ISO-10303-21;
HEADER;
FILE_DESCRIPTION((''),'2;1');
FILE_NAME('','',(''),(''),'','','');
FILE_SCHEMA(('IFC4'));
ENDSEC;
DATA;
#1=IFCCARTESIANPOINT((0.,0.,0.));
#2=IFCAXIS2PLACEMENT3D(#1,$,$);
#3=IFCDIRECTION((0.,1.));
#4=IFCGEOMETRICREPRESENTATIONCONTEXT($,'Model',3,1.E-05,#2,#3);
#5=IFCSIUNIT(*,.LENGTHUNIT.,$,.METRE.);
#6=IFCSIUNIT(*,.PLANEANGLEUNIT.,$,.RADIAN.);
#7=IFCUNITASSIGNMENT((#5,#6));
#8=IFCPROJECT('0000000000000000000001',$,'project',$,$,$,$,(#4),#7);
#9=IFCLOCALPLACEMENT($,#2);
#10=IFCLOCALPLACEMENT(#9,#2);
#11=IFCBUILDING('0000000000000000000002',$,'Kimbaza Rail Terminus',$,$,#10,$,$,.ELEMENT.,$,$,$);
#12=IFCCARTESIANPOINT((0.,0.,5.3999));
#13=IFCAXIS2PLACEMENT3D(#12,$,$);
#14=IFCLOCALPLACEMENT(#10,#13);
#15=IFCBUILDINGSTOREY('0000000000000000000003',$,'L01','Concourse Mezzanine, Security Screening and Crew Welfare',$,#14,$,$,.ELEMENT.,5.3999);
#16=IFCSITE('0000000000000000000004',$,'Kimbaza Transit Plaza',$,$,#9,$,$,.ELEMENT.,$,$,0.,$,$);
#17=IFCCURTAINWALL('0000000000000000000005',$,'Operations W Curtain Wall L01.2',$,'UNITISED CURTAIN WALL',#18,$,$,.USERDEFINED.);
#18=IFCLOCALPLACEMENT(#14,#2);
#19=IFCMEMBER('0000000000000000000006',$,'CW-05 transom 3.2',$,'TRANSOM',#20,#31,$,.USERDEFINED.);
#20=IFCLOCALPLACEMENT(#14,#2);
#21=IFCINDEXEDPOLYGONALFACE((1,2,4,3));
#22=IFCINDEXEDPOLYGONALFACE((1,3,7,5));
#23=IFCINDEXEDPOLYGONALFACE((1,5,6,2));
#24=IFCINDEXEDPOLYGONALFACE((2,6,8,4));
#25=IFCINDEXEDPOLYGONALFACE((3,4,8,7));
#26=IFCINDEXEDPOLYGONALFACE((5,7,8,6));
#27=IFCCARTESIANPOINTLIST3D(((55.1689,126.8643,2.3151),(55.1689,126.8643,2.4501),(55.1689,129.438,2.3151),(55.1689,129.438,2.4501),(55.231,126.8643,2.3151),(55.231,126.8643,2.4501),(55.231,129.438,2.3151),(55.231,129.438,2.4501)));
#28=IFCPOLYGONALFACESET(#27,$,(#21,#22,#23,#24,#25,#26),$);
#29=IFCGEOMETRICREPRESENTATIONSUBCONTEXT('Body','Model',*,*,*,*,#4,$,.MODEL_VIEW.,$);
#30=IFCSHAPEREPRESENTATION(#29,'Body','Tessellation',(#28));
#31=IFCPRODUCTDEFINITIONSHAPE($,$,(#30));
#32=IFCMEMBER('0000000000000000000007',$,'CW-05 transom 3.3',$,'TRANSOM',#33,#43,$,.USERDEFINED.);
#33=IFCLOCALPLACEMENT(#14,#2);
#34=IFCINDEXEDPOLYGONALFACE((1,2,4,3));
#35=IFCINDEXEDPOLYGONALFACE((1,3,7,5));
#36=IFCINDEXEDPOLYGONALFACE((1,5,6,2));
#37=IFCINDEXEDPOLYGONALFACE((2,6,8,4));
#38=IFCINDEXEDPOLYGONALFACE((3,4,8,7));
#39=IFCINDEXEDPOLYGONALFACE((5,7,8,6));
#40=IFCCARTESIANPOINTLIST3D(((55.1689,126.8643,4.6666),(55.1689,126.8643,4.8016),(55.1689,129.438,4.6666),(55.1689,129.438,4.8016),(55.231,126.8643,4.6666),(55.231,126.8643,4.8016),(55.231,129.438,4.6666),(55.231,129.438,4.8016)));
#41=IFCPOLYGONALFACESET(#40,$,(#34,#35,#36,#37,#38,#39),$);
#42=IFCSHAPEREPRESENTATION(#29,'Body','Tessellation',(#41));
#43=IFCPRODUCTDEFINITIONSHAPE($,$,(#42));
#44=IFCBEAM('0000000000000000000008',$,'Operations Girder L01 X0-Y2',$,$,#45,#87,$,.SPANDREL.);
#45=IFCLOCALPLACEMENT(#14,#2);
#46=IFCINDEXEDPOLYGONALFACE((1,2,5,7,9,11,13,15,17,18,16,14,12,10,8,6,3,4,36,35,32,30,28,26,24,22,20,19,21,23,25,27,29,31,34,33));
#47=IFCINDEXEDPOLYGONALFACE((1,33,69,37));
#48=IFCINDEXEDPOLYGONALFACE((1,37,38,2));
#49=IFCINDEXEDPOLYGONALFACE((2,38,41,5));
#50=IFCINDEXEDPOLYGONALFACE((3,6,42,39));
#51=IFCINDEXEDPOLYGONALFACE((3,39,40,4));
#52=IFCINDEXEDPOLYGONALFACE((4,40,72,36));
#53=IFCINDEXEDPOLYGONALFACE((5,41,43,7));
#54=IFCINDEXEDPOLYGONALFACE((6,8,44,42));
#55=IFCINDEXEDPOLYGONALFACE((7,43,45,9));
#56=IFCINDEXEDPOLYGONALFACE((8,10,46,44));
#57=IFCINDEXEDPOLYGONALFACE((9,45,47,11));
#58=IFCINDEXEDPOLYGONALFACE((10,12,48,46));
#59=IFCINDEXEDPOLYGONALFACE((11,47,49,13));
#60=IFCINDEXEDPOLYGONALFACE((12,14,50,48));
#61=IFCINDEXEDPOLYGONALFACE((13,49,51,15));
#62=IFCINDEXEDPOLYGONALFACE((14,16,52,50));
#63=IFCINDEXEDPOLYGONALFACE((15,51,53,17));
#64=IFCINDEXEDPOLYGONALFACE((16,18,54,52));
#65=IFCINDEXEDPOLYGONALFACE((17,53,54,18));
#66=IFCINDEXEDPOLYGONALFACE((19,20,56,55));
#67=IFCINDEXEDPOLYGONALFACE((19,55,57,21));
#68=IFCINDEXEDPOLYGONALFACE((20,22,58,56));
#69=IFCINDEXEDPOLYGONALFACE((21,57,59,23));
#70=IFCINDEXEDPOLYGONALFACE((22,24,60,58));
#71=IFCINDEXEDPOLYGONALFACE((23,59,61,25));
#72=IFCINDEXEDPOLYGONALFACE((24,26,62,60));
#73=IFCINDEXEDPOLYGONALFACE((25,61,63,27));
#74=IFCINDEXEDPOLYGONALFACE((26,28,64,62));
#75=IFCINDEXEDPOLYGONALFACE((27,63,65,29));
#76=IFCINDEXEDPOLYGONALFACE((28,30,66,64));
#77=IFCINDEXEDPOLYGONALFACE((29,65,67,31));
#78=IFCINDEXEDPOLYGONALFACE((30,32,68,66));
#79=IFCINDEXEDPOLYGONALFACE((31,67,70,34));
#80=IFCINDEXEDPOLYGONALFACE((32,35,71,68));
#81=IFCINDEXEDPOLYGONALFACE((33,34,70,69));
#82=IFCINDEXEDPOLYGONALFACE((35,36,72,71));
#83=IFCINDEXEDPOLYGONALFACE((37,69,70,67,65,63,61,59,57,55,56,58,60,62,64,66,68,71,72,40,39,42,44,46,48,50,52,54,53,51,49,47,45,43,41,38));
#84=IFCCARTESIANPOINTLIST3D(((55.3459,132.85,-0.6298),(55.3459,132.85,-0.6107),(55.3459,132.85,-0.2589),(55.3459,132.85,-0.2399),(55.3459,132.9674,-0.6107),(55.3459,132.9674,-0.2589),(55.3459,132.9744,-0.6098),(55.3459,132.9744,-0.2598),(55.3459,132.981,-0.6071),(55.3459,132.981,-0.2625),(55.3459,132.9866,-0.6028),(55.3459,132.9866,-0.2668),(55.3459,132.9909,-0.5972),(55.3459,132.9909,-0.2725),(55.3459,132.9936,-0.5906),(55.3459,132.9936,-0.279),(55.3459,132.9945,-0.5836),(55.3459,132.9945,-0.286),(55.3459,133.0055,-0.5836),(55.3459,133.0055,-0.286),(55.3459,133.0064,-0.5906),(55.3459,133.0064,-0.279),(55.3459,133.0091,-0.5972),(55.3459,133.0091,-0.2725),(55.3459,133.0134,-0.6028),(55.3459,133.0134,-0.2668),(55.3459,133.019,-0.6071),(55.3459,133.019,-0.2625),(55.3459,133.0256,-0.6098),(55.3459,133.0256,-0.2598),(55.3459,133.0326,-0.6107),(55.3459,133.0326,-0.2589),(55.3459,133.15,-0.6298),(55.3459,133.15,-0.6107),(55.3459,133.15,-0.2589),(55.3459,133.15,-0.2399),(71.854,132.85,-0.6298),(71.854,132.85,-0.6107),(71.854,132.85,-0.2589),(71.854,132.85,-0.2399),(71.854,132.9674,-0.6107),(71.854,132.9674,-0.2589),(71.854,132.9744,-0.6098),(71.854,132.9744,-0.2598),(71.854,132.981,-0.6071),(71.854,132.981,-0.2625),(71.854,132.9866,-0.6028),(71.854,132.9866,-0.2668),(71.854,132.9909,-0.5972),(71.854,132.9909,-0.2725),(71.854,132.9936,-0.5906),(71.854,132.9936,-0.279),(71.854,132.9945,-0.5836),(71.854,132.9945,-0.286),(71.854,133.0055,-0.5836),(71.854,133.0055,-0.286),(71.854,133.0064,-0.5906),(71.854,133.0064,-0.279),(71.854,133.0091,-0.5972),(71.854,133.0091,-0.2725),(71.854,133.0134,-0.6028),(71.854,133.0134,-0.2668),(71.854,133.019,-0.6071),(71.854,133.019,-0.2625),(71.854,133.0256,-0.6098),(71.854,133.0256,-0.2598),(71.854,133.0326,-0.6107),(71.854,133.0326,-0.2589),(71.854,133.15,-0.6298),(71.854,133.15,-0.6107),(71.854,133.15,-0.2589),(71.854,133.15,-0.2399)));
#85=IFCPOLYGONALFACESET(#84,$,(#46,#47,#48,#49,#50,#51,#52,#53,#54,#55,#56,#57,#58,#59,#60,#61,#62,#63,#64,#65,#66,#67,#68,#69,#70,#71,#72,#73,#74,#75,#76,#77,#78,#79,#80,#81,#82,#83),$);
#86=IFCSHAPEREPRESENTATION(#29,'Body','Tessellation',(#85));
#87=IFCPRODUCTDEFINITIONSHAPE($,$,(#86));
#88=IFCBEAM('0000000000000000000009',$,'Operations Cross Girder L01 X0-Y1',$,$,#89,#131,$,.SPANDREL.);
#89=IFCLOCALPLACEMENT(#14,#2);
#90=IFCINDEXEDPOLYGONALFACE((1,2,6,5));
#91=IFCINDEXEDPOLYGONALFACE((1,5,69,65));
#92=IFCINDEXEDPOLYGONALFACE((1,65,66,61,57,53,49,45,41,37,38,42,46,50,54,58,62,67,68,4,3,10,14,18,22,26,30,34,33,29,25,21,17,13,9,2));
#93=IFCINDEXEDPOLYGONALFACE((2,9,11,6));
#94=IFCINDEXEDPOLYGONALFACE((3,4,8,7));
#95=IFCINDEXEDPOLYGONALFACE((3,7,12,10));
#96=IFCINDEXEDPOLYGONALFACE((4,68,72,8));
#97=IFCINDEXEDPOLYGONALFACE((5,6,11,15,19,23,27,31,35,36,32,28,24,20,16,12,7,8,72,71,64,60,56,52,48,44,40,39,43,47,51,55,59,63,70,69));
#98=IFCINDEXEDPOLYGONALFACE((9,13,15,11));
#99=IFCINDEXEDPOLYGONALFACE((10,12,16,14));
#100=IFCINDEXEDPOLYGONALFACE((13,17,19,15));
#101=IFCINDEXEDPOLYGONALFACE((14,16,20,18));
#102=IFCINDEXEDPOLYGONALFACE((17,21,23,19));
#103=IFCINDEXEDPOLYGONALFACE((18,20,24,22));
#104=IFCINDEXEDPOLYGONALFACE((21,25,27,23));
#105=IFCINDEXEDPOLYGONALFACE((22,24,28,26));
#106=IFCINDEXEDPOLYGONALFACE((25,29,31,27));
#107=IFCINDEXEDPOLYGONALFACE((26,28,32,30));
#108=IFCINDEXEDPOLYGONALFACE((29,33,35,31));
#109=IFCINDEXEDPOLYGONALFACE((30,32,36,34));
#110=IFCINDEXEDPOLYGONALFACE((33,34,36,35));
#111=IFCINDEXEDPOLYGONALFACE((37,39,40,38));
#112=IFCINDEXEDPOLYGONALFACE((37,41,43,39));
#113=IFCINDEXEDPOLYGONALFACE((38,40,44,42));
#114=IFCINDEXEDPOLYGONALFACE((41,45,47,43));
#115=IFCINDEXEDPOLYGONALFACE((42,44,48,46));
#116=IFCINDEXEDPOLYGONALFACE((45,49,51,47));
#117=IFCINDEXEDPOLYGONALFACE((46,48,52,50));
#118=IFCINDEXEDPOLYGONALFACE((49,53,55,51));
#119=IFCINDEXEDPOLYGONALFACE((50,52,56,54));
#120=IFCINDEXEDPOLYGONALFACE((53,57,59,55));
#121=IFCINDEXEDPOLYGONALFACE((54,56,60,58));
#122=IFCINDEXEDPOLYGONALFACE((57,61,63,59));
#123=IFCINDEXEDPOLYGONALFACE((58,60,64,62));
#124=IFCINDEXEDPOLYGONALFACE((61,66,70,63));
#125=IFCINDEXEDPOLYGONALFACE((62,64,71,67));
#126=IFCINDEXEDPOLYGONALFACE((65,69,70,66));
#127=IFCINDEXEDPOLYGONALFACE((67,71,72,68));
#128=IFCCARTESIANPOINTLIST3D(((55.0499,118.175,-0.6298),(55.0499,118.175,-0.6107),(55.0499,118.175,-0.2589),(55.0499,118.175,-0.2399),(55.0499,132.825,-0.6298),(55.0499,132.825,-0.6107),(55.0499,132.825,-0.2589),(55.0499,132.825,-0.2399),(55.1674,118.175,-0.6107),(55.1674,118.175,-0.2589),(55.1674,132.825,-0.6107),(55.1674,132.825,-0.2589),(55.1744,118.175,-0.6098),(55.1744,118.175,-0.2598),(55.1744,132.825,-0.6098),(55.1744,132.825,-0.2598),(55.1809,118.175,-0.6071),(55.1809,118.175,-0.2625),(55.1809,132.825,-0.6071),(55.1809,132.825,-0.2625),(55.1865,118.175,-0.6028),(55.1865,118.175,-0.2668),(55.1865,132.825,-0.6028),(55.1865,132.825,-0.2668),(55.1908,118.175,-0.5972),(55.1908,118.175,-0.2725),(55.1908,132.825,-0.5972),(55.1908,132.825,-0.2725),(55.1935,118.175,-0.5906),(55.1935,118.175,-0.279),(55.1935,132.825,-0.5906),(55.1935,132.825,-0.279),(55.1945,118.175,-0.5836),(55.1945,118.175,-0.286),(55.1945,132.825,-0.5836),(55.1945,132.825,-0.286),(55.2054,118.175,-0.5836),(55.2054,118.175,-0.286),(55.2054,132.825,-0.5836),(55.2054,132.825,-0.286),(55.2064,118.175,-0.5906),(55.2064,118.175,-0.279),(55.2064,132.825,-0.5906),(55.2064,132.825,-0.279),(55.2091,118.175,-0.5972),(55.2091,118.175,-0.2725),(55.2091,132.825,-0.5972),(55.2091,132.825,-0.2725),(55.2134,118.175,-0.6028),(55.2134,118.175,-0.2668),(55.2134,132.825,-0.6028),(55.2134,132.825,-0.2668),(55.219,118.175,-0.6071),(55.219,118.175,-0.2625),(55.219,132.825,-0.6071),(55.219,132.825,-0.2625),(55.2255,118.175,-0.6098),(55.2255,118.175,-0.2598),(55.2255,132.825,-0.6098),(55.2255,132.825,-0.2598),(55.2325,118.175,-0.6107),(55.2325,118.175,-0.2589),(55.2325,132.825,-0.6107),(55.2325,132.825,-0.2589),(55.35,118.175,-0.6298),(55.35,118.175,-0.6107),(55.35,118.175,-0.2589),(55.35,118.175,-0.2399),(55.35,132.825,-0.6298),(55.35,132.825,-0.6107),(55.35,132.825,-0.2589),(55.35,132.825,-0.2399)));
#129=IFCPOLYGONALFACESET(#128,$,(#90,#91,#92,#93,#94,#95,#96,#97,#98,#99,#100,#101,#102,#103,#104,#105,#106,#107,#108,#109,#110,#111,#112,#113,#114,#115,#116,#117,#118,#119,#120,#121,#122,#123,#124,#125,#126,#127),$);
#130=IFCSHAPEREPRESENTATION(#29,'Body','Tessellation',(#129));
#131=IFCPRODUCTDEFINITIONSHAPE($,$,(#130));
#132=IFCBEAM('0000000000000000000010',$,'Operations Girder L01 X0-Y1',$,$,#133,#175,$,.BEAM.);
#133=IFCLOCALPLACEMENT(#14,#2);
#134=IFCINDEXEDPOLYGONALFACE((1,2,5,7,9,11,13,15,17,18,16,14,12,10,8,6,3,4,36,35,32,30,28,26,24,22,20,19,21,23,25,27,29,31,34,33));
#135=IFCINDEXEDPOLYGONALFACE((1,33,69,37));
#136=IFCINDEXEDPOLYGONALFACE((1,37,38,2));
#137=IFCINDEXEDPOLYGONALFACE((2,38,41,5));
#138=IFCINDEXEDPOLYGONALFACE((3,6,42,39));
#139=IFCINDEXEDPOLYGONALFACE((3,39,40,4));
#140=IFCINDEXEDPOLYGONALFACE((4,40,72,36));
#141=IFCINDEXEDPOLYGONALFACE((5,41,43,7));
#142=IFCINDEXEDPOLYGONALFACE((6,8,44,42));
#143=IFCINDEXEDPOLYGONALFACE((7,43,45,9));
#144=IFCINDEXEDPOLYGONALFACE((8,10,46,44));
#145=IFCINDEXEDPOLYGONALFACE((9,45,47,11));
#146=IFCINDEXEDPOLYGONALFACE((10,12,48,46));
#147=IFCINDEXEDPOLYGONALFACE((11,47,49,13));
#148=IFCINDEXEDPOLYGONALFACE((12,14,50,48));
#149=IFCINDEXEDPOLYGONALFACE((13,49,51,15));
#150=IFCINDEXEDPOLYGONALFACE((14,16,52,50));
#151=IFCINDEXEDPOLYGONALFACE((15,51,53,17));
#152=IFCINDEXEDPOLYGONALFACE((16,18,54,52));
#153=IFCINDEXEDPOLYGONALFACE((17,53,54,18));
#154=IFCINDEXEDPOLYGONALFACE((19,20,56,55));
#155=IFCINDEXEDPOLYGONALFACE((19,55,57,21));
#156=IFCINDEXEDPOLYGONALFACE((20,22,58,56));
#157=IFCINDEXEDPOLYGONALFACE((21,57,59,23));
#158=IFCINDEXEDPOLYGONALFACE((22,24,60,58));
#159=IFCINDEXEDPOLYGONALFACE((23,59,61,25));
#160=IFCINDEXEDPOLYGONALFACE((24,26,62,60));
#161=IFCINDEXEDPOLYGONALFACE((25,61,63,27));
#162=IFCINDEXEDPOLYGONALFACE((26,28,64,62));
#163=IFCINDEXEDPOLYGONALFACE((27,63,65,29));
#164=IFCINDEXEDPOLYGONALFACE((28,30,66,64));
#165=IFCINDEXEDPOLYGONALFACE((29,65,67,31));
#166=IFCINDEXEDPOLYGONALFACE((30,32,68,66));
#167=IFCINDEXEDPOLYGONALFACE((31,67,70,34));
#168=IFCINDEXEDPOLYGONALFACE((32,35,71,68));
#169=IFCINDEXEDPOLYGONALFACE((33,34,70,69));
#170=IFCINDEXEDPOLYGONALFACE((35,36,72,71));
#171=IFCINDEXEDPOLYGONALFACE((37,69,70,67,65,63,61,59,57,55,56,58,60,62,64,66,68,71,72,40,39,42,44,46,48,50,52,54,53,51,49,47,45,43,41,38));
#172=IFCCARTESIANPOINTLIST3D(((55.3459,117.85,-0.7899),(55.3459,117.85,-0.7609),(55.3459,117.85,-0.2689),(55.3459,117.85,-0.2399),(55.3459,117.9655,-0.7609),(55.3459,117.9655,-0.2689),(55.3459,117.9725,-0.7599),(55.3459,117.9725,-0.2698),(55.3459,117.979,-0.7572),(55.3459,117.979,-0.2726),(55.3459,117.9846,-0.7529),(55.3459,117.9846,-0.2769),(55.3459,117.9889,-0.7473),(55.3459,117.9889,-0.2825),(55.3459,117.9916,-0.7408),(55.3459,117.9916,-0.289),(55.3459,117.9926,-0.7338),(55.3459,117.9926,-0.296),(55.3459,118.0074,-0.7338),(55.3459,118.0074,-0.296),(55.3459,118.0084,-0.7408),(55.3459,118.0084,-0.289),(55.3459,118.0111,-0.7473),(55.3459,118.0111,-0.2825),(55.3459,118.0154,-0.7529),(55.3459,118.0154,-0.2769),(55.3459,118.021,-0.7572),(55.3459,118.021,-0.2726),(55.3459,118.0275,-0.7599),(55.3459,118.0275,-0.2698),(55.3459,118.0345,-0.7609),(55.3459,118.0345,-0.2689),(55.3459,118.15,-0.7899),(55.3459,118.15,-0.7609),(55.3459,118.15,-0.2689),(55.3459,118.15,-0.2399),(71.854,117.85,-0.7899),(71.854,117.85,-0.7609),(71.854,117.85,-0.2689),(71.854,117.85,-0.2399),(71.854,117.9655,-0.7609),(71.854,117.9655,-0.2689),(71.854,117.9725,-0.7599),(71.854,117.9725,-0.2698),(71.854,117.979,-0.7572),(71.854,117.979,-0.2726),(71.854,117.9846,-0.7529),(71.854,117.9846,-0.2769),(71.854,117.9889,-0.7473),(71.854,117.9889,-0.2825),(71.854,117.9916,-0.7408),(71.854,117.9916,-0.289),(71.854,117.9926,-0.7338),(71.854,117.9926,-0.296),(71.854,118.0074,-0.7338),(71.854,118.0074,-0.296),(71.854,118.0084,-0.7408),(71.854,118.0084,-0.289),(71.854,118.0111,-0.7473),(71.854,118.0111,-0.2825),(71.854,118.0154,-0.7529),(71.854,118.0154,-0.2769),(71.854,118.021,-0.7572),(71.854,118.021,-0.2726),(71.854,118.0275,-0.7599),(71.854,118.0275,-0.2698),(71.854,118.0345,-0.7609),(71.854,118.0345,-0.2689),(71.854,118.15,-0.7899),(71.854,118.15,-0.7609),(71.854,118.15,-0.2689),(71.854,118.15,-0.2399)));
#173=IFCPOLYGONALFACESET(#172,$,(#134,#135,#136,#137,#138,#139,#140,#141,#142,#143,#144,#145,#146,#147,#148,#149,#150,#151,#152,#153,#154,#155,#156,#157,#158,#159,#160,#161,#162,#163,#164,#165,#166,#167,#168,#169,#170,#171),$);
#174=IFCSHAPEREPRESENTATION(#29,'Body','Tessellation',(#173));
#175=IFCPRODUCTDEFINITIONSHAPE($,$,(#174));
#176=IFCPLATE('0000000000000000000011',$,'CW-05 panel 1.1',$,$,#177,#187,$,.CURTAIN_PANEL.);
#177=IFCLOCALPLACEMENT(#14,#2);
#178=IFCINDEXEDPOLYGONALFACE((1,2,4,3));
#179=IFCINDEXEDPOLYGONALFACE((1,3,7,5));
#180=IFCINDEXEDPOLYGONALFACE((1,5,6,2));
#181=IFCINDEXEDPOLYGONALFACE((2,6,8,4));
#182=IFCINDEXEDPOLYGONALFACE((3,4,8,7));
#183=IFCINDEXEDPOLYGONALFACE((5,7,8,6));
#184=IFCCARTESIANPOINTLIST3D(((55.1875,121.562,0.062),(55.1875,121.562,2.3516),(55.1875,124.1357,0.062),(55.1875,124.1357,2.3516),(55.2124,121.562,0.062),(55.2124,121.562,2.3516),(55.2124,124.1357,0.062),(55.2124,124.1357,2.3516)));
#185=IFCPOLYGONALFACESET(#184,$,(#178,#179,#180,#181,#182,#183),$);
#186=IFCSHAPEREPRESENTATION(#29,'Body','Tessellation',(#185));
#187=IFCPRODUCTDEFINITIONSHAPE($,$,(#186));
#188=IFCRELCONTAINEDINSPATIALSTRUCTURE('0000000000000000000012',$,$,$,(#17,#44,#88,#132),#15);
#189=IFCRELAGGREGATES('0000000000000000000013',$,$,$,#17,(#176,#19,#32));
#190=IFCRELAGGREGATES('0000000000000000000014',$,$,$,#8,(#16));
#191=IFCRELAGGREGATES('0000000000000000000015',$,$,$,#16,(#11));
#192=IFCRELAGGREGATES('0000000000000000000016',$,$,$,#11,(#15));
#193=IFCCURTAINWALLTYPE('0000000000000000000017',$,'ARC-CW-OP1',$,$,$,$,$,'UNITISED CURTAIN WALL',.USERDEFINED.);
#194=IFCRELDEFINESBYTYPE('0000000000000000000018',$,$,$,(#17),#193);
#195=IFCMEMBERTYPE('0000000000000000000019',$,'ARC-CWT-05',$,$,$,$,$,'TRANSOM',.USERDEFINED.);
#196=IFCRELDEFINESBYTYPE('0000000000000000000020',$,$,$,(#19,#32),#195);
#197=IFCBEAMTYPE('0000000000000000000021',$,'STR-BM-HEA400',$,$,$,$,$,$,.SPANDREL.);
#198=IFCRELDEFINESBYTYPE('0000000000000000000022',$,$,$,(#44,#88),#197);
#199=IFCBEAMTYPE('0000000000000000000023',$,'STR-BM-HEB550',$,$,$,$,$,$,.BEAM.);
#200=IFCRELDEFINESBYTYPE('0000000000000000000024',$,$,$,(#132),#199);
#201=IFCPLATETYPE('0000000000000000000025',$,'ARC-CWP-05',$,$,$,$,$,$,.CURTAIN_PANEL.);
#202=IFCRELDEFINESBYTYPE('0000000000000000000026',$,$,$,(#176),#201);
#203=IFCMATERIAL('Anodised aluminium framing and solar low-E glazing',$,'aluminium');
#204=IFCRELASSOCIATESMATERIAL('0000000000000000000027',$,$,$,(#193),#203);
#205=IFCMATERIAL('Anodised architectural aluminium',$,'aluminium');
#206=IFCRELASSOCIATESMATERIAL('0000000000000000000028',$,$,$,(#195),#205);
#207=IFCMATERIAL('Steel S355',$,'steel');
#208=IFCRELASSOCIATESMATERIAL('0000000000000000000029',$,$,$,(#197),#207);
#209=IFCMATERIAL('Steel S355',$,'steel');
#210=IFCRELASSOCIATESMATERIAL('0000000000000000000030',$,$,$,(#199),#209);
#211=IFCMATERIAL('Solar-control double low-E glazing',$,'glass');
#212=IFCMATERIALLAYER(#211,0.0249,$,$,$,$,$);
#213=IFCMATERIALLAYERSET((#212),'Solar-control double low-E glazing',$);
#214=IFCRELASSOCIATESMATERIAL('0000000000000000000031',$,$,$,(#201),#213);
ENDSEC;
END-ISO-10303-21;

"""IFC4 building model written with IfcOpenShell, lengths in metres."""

from ifc_helpers import new_model, si_unit, direction, frame, origin, origin_2d, place, context, subcontext, project, spatial, rectangle, i_section, extrude, material, layer, layer_set, material_profile, profile_set, type_object, element, aggregate, save


model = new_model("IFC4")

# Units and contexts
model_context = context("Model", 3, precision=1e-05, world=origin(), true_north=direction((0.0, 1.0)))
body_context = subcontext(model_context, "Body", "Model", "MODEL_VIEW")
ifc_project = project(units=[si_unit("LENGTHUNIT", "METRE"), si_unit("PLANEANGLEUNIT", "RADIAN")], contexts=[model_context])

# Site, building, storey
site_placement = place(None, origin())
site = spatial("IfcSite", under=ifc_project, at=site_placement, Name="Kimbaza Transit Plaza", CompositionType="ELEMENT", RefElevation=0.0)
building_placement = place(site_placement, origin())
building = spatial("IfcBuilding", under=site, at=building_placement, Name="Kimbaza Rail Terminus", CompositionType="ELEMENT")
storey_placement = place(building_placement, frame((0.0, 0.0, 5.3999)))
storey = spatial("IfcBuildingStorey", under=building, at=storey_placement, Name="L01", Description="Concourse Mezzanine, Security Screening and Crew Welfare", CompositionType="ELEMENT", Elevation=5.3999)

# Curtain wall, members
ifc_material_1 = material(Name="Anodised aluminium framing and solar low-E glazing", Category="aluminium")
curtain_wall_type = type_object("IfcCurtainWallType", Name="ARC-CW-OP1", ElementType="UNITISED CURTAIN WALL", PredefinedType="USERDEFINED", material=ifc_material_1)
curtain_wall_placement = place(storey_placement, origin())
curtain_wall = element("IfcCurtainWall", 1, at=curtain_wall_placement, inside=storey, type_object=curtain_wall_type, Name="Operations W Curtain Wall L01.2", ObjectType="UNITISED CURTAIN WALL", PredefinedType="USERDEFINED")
ifc_material_2 = material(Name="Anodised architectural aluminium", Category="aluminium")
ifc_material_profile_1 = material_profile(ifc_material_2, rectangle(XDim=0.062, YDim=0.135, at=origin_2d()), Name="TRANSOM 62x135")
ifc_profile_set_1 = profile_set([ifc_material_profile_1], Name="Anodised architectural aluminium")
member_type_1 = type_object("IfcMemberType", Name="ARC-CWT-05", ElementType="TRANSOM", PredefinedType="USERDEFINED", material=ifc_profile_set_1)
member_1_placement = place(storey_placement, frame((55.2, 126.8643, 2.3826), z_axis=(0.0, 1.0, 0.0), x_axis=(-1.0, 0.0, 0.0)))
member_1 = element("IfcMember", 2, at=member_1_placement, type_object=member_type_1, Name="CW-05 transom 3.2", ObjectType="TRANSOM", PredefinedType="USERDEFINED", context=body_context, shape_type="SweptSolid", body=[
    extrude(rectangle(XDim=0.062, YDim=0.135, at=origin_2d()), origin(), (0.0, 0.0, 1.0), 2.5737),
])
member_2_placement = place(storey_placement, frame((55.2, 126.8643, 4.7341), z_axis=(0.0, 1.0, 0.0), x_axis=(-1.0, 0.0, 0.0)))
member_2 = element("IfcMember", 3, at=member_2_placement, type_object=member_type_1, Name="CW-05 transom 3.3", ObjectType="TRANSOM", PredefinedType="USERDEFINED", context=body_context, shape_type="SweptSolid", body=[
    extrude(rectangle(XDim=0.062, YDim=0.135, at=origin_2d()), origin(), (0.0, 0.0, 1.0), 2.5737),
])

# Beams
ifc_material_3 = material(Name="Steel S355", Category="steel")
ifc_material_profile_2 = material_profile(ifc_material_3, i_section(OverallWidth=0.3, OverallDepth=0.3899, WebThickness=0.011, FlangeThickness=0.019, FilletRadius=0.0271, at=origin_2d()), Name="HEA 400")
ifc_profile_set_2 = profile_set([ifc_material_profile_2], Name="Steel S355")
beam_type_1 = type_object("IfcBeamType", Name="STR-BM-HEA400", PredefinedType="SPANDREL", material=ifc_profile_set_2)
beam_1_placement = place(storey_placement, frame((55.3459, 133.0, -0.4348), z_axis=(1.0, 0.0, 0.0), x_axis=(0.0, 1.0, 0.0)))
element("IfcBeam", 4, at=beam_1_placement, inside=storey, type_object=beam_type_1, Name="Operations Girder L01 X0-Y2", PredefinedType="SPANDREL", context=body_context, shape_type="SweptSolid", body=[
    extrude(i_section(OverallWidth=0.3, OverallDepth=0.3899, WebThickness=0.011, FlangeThickness=0.019, FilletRadius=0.0271, at=origin_2d()), origin(), (0.0, 0.0, 1.0), 16.5081),
])
beam_2_placement = place(storey_placement, frame((55.2, 118.175, -0.4348), z_axis=(0.0, 1.0, 0.0), x_axis=(-1.0, 0.0, 0.0)))
element("IfcBeam", 5, at=beam_2_placement, inside=storey, type_object=beam_type_1, Name="Operations Cross Girder L01 X0-Y1", PredefinedType="SPANDREL", context=body_context, shape_type="SweptSolid", body=[
    extrude(i_section(OverallWidth=0.3, OverallDepth=0.3899, WebThickness=0.011, FlangeThickness=0.019, FilletRadius=0.0271, at=origin_2d()), origin(), (0.0, 0.0, 1.0), 14.6499),
])
ifc_material_4 = material(Name="Steel S355", Category="steel")
ifc_material_profile_3 = material_profile(ifc_material_4, i_section(OverallWidth=0.3, OverallDepth=0.55, WebThickness=0.0149, FlangeThickness=0.0291, FilletRadius=0.0271, at=origin_2d()), Name="HEB 550")
ifc_profile_set_3 = profile_set([ifc_material_profile_3], Name="Steel S355")
beam_type_2 = type_object("IfcBeamType", Name="STR-BM-HEB550", PredefinedType="BEAM", material=ifc_profile_set_3)
beam_3_placement = place(storey_placement, frame((55.3459, 118.0, -0.5149), z_axis=(1.0, 0.0, 0.0), x_axis=(0.0, 1.0, 0.0)))
element("IfcBeam", 6, at=beam_3_placement, inside=storey, type_object=beam_type_2, Name="Operations Girder L01 X0-Y1", PredefinedType="BEAM", context=body_context, shape_type="SweptSolid", body=[
    extrude(i_section(OverallWidth=0.3, OverallDepth=0.55, WebThickness=0.0149, FlangeThickness=0.0291, FilletRadius=0.0271, at=origin_2d()), origin(), (0.0, 0.0, 1.0), 16.5081),
])

# Plate
ifc_material_5 = material(Name="Solar-control double low-E glazing", Category="glass")
ifc_layer_1 = layer(ifc_material_5, 0.0249)
ifc_layer_set_1 = layer_set([ifc_layer_1], Name="Solar-control double low-E glazing")
plate_type = type_object("IfcPlateType", Name="ARC-CWP-05", PredefinedType="CURTAIN_PANEL", material=ifc_layer_set_1)
plate_1_placement = place(storey_placement, frame((55.2, 122.8489, 0.062), z_axis=(0.0, 0.0, 1.0), x_axis=(0.0, 1.0, 0.0)))
plate_1 = element("IfcPlate", 7, at=plate_1_placement, type_object=plate_type, Name="CW-05 panel 1.1", PredefinedType="CURTAIN_PANEL", context=body_context, shape_type="SweptSolid", body=[
    extrude(rectangle(XDim=2.5737, YDim=0.0249, at=origin_2d()), origin(), (0.0, 0.0, 1.0), 2.2896),
])
aggregate(curtain_wall, [plate_1, member_1, member_2])

save(model, "model.ifc")
